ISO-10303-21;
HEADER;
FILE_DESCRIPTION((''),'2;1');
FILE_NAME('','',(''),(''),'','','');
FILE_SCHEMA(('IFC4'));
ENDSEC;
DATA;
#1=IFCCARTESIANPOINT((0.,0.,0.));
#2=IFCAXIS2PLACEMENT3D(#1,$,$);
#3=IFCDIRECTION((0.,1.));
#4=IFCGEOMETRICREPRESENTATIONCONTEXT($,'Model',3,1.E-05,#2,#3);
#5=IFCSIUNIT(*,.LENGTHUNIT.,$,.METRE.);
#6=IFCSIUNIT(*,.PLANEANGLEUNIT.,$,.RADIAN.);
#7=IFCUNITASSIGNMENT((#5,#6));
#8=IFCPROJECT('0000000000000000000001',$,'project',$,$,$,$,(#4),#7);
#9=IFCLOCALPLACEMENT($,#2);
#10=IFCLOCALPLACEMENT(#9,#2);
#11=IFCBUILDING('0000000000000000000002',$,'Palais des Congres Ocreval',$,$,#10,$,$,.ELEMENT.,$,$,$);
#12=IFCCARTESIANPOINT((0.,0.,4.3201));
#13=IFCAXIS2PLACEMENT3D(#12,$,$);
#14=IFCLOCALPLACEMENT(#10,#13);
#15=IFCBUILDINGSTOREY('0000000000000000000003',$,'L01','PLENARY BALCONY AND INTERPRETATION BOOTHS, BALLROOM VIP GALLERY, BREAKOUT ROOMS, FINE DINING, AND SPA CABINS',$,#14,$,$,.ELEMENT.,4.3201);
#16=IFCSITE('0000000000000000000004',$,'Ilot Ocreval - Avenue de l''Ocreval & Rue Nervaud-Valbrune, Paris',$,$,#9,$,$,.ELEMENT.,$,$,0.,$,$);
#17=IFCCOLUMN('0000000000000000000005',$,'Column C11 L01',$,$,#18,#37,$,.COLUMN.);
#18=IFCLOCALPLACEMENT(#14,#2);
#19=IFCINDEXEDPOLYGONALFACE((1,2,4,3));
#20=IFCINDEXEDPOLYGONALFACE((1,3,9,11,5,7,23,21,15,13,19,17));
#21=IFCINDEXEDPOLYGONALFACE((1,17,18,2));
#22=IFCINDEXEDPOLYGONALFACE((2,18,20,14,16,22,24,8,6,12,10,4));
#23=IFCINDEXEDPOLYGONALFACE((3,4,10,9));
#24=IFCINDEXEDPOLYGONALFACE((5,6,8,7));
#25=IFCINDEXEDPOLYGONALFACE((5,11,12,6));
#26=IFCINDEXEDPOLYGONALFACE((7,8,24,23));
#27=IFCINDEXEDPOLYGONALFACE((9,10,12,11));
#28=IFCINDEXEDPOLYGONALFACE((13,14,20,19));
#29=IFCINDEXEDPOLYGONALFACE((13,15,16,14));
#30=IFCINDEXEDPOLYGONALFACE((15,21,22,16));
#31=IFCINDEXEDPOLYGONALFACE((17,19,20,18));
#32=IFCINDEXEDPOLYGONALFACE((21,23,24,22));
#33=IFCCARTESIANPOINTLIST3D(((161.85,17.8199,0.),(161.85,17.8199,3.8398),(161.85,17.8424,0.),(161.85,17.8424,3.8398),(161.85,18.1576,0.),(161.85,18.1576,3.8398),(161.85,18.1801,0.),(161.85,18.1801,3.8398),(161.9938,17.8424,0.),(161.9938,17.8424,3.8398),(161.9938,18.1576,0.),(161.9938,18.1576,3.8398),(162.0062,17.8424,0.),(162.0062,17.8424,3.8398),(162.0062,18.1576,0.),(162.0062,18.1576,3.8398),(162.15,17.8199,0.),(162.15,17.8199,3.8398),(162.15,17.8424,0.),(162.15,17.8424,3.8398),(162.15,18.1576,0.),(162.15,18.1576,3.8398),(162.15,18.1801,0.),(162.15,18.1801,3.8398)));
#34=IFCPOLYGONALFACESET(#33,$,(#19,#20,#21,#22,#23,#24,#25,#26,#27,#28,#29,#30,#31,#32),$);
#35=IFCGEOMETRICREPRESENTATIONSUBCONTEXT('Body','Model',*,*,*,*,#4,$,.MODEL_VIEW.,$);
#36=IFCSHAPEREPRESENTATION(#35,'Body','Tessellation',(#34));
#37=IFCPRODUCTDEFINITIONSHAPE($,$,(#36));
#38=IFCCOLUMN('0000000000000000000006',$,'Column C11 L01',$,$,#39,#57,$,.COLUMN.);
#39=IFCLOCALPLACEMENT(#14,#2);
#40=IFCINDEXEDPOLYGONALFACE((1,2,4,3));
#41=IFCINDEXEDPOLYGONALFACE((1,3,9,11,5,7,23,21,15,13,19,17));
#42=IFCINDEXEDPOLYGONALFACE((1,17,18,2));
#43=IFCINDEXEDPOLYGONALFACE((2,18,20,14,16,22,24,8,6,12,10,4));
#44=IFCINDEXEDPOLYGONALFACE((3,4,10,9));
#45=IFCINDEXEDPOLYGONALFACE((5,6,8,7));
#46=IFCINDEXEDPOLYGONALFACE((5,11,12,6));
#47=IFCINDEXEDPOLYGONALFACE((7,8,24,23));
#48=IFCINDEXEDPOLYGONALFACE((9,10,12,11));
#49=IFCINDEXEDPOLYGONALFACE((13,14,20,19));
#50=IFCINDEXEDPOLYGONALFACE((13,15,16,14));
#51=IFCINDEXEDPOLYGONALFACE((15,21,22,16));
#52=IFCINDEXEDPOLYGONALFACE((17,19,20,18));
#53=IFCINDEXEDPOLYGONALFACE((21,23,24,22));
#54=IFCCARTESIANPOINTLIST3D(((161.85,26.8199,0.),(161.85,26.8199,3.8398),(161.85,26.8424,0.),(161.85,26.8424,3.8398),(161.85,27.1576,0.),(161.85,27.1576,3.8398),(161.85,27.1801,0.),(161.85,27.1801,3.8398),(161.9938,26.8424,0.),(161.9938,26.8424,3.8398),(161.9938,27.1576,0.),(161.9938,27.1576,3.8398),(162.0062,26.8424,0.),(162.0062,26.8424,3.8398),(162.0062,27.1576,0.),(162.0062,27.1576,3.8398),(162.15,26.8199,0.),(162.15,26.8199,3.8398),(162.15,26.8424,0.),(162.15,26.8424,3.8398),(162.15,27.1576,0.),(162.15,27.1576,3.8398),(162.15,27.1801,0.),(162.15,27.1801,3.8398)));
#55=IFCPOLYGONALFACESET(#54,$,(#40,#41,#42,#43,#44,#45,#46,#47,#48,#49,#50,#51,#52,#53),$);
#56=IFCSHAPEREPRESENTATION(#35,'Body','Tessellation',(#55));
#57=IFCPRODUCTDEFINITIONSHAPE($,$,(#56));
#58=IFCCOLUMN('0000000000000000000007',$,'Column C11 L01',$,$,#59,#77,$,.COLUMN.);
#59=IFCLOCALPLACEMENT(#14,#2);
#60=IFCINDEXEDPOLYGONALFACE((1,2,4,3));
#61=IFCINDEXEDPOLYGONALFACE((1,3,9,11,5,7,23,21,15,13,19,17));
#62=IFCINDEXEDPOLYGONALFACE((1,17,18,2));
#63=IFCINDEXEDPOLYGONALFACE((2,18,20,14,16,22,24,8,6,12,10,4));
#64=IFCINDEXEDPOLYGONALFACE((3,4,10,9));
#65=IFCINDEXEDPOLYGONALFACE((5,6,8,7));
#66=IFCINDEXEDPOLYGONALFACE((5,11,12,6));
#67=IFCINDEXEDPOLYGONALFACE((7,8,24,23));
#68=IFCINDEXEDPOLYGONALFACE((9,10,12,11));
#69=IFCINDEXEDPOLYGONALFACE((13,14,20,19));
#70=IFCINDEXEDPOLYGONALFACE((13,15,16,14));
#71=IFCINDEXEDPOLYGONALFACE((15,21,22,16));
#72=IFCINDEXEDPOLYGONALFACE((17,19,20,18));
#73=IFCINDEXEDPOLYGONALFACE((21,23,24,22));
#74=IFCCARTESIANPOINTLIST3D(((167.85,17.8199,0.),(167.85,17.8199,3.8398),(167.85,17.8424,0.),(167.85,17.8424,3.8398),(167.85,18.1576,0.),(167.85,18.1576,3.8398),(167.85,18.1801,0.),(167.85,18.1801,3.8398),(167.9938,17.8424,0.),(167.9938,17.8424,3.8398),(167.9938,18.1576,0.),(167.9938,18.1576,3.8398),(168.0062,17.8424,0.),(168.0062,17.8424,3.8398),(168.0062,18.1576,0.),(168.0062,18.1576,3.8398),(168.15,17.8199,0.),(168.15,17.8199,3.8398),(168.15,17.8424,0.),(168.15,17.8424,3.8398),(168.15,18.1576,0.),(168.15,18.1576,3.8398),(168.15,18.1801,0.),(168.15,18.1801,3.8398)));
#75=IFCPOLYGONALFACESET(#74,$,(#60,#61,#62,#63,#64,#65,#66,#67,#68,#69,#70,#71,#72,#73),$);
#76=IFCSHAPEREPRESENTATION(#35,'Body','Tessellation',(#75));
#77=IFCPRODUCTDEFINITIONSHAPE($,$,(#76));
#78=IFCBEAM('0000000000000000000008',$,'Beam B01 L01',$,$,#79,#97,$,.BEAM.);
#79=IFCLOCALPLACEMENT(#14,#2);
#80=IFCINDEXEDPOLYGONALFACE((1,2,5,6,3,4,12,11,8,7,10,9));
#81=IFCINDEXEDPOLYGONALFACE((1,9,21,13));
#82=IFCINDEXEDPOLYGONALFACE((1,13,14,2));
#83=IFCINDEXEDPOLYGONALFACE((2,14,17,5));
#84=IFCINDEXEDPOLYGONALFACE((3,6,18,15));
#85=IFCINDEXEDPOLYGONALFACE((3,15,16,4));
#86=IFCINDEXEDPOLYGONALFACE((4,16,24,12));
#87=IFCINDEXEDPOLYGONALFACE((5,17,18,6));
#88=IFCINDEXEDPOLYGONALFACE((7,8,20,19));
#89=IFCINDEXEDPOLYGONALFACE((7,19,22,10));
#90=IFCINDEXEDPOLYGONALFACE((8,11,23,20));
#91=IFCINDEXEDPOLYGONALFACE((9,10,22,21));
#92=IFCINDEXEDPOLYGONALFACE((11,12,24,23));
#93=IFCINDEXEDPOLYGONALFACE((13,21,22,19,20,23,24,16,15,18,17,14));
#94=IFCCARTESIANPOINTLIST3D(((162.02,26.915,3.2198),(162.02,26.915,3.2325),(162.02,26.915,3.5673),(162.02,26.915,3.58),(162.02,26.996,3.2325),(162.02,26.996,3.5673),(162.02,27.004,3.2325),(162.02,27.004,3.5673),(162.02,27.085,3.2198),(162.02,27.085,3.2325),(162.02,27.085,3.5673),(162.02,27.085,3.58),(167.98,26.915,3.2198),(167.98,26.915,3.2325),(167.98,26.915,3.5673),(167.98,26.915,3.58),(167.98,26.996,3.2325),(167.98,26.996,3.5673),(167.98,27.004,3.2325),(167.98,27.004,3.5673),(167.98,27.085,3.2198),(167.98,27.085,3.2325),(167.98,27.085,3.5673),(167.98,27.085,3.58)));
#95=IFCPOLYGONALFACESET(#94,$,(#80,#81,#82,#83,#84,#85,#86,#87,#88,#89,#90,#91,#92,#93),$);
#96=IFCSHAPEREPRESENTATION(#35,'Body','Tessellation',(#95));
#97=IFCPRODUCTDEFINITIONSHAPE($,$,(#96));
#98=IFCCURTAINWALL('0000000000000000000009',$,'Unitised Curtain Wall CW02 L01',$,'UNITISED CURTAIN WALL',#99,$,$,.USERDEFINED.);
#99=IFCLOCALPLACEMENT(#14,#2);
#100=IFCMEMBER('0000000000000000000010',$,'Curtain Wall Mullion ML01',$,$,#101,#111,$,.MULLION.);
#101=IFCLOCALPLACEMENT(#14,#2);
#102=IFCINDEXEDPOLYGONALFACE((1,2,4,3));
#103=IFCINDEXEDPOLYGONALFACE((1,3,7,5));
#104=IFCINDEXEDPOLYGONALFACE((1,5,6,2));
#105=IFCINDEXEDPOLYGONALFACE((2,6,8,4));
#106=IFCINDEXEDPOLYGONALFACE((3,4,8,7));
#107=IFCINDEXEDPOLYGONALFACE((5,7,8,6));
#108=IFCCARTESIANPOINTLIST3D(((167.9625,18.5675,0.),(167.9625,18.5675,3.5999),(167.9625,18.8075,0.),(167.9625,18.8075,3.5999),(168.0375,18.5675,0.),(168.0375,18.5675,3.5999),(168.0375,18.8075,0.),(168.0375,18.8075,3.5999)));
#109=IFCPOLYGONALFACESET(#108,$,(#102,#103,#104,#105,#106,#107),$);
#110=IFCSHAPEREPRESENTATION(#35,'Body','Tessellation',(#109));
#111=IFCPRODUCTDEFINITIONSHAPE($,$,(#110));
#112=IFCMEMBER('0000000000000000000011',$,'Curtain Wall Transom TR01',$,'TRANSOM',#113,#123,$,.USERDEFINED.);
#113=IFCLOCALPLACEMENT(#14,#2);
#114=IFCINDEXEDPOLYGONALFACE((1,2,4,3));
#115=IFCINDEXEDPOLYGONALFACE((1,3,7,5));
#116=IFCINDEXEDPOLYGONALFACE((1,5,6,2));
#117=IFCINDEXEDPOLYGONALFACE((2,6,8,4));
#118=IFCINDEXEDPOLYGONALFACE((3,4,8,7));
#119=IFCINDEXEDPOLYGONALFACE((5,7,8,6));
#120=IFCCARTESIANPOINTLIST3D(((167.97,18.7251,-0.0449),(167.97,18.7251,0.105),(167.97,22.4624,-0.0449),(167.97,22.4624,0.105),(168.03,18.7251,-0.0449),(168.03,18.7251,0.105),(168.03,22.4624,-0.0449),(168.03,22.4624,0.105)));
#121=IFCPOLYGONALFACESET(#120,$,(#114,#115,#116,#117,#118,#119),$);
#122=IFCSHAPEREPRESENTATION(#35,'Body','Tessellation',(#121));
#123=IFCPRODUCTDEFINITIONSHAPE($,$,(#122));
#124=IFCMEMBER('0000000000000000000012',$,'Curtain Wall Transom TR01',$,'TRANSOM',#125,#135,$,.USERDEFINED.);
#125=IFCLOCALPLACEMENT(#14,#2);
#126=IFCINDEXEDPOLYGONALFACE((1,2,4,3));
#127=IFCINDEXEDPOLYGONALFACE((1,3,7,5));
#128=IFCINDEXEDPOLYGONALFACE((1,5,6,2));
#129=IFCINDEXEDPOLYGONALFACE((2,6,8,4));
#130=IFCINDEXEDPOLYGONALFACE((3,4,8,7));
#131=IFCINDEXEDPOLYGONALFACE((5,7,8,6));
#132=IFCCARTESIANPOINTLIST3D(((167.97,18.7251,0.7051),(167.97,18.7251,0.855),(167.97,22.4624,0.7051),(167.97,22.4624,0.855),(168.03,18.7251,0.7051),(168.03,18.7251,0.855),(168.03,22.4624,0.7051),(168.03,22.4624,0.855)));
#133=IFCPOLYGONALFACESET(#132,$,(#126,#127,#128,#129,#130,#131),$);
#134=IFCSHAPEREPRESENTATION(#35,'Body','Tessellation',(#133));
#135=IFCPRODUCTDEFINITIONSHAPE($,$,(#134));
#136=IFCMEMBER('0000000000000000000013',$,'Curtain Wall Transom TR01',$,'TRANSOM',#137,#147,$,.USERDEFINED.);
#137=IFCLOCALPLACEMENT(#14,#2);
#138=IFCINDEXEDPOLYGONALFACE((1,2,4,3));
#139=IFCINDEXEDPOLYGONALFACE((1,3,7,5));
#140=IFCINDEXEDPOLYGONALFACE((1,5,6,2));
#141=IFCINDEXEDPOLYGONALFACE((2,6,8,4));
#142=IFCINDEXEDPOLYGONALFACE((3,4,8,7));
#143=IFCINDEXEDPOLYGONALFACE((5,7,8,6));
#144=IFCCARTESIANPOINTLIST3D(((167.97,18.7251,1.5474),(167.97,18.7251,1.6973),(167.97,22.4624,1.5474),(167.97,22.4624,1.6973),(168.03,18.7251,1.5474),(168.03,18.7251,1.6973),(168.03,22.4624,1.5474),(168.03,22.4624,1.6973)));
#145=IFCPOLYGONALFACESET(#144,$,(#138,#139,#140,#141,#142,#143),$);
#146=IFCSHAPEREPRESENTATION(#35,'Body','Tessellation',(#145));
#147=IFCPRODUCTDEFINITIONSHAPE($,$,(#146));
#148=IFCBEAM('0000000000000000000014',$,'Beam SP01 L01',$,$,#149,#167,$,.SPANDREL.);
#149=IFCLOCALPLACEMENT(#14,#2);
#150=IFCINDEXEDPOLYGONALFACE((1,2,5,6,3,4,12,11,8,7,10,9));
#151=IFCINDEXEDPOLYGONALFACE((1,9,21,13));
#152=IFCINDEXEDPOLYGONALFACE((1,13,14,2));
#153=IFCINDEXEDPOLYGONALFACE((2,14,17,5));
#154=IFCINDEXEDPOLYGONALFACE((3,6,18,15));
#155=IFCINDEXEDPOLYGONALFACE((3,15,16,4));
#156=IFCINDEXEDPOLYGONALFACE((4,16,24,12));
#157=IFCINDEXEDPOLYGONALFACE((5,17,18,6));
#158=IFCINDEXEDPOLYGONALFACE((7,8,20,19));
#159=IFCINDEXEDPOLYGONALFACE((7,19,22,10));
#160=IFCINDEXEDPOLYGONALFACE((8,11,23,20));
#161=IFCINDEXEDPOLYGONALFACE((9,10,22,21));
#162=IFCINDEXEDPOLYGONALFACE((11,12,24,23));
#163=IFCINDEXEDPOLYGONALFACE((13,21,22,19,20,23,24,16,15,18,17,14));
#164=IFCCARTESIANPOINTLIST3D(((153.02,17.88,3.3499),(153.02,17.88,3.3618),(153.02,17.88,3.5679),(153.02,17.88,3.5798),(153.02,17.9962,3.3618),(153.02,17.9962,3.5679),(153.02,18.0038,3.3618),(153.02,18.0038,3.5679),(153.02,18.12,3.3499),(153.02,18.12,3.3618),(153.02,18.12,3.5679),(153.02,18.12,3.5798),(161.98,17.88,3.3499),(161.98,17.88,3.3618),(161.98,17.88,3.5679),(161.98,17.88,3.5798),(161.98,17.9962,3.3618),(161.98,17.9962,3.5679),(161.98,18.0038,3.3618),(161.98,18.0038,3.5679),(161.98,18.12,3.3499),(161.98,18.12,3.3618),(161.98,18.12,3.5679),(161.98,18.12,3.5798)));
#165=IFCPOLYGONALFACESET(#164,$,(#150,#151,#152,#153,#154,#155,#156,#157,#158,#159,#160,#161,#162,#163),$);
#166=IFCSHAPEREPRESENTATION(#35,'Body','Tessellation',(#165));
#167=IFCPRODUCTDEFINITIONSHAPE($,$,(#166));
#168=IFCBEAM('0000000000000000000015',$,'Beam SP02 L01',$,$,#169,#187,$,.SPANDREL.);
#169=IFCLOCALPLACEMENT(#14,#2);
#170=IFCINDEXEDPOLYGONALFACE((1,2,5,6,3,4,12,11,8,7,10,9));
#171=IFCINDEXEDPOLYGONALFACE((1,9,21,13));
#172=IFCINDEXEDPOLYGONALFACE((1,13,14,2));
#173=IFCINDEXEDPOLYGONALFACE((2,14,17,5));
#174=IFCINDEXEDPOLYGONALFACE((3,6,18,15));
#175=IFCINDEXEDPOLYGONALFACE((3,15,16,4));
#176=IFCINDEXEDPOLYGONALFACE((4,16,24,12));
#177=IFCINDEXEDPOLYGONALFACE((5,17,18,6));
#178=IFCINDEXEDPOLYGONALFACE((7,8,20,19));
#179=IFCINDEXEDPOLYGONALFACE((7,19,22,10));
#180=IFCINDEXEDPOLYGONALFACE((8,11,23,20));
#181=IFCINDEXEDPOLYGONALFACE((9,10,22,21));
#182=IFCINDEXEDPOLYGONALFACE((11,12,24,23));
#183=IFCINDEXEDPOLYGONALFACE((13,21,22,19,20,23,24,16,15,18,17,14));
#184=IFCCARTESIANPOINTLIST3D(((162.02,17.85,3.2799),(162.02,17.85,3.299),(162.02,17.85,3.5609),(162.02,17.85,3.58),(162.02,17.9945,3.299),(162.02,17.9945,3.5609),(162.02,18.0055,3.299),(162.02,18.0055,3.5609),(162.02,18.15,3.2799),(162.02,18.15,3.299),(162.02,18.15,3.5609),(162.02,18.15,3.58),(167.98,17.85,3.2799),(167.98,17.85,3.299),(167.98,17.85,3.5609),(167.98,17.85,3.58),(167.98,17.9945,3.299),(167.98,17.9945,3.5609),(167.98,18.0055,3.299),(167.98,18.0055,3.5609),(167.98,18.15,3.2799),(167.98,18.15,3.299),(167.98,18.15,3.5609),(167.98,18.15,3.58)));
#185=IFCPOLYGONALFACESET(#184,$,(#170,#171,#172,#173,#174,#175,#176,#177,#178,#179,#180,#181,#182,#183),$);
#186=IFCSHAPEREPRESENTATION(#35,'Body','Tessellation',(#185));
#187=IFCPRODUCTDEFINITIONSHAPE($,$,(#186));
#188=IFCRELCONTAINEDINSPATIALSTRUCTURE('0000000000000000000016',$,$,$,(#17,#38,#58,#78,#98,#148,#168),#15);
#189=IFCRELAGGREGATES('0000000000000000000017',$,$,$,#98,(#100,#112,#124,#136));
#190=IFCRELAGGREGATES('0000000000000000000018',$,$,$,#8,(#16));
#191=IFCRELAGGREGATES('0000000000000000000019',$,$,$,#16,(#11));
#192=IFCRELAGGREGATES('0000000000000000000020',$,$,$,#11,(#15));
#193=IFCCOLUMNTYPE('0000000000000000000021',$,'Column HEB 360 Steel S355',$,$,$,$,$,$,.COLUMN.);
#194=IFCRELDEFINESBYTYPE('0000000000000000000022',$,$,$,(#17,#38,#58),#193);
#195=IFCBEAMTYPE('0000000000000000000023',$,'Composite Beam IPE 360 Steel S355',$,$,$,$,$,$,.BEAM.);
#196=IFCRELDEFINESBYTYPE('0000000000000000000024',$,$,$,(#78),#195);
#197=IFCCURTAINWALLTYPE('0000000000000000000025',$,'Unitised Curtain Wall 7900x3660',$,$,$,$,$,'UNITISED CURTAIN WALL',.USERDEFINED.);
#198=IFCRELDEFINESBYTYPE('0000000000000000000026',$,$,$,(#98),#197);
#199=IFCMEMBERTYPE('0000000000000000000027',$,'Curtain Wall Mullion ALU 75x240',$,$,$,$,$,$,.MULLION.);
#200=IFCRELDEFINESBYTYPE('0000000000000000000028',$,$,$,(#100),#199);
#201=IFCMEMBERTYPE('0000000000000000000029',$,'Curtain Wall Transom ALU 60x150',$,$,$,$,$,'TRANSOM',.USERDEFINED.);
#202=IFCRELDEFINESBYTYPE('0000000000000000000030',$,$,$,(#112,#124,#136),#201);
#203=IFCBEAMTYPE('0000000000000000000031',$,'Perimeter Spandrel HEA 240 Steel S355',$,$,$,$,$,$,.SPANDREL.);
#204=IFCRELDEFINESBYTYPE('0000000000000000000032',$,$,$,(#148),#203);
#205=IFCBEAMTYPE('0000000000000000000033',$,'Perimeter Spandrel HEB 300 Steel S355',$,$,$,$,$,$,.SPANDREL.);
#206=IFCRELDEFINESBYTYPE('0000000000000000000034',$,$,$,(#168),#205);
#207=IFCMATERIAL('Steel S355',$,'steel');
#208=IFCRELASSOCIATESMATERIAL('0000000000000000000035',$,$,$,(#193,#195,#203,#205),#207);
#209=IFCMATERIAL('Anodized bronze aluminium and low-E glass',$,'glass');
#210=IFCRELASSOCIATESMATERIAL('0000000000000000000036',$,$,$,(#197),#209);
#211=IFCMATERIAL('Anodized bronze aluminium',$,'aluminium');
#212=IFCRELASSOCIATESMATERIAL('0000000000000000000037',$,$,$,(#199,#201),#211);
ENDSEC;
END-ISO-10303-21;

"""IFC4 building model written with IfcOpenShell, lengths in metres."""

from ifc_helpers import new_model, si_unit, direction, frame, origin, origin_2d, place, context, subcontext, project, spatial, rectangle, i_section, extrude, material, material_profile, profile_set, type_object, element, aggregate, save


model = new_model("IFC4")

# Units and contexts
model_context = context("Model", 3, precision=1e-05, world=origin(), true_north=direction((0.0, 1.0)))
body_context = subcontext(model_context, "Body", "Model", "MODEL_VIEW")
ifc_project = project(units=[si_unit("LENGTHUNIT", "METRE"), si_unit("PLANEANGLEUNIT", "RADIAN")], contexts=[model_context])

# Site, building, storey
site_placement = place(None, origin())
site = spatial("IfcSite", under=ifc_project, at=site_placement, Name="Ilot Ocreval - Avenue de l'Ocreval & Rue Nervaud-Valbrune, Paris", CompositionType="ELEMENT", RefElevation=0.0)
building_placement = place(site_placement, origin())
building = spatial("IfcBuilding", under=site, at=building_placement, Name="Palais des Congres Ocreval", CompositionType="ELEMENT")
storey_placement = place(building_placement, frame((0.0, 0.0, 4.3201)))
storey = spatial("IfcBuildingStorey", under=building, at=storey_placement, Name="L01", Description="PLENARY BALCONY AND INTERPRETATION BOOTHS, BALLROOM VIP GALLERY, BREAKOUT ROOMS, FINE DINING, AND SPA CABINS", CompositionType="ELEMENT", Elevation=4.3201)

# Columns
ifc_material_1 = material(Name="Steel S355", Category="steel")
ifc_material_profile_1 = material_profile(ifc_material_1, i_section(OverallWidth=0.3, OverallDepth=0.3601, WebThickness=0.0125, FlangeThickness=0.0225, at=origin_2d()), Name="HEB 360")
ifc_profile_set_1 = profile_set([ifc_material_profile_1], Name="Steel S355")
column_type = type_object("IfcColumnType", Name="Column HEB 360 Steel S355", PredefinedType="COLUMN", material=ifc_profile_set_1)
for number, where, z_axis, x_axis, name in (
    (1, (162.0, 18.0, 0.0), (0.0, 0.0, 1.0), (1.0, 0.0, 0.0), "Column C11 L01"),
    (2, (162.0, 27.0, 0.0), (0.0, 0.0, 1.0), (1.0, 0.0, 0.0), "Column C11 L01"),
    (3, (168.0, 18.0, 0.0), (0.0, 0.0, 1.0), (1.0, 0.0, 0.0), "Column C11 L01"),
):
    element("IfcColumn", number, at=place(storey_placement, frame(where, z_axis=z_axis, x_axis=x_axis)), inside=storey, type_object=column_type, Name=name, PredefinedType="COLUMN", context=body_context, shape_type="SweptSolid", body=[
        extrude(i_section(OverallWidth=0.3, OverallDepth=0.3601, WebThickness=0.0125, FlangeThickness=0.0225, at=origin_2d()), origin(), (0.0, 0.0, 1.0), 3.8398),
    ])

# Beam
ifc_material_profile_2 = material_profile(ifc_material_1, i_section(OverallWidth=0.1699, OverallDepth=0.3601, WebThickness=0.0081, FlangeThickness=0.0127, at=origin_2d()), Name="IPE 360")
ifc_profile_set_2 = profile_set([ifc_material_profile_2], Name="Steel S355")
beam_type_1 = type_object("IfcBeamType", Name="Composite Beam IPE 360 Steel S355", PredefinedType="BEAM", material=ifc_profile_set_2)
beam_1_placement = place(storey_placement, frame((162.02, 27.0, 3.3999), z_axis=(1.0, 0.0, 0.0), x_axis=(0.0, 1.0, 0.0)))
element("IfcBeam", 4, at=beam_1_placement, inside=storey, type_object=beam_type_1, Name="Beam B01 L01", PredefinedType="BEAM", context=body_context, shape_type="SweptSolid", body=[
    extrude(i_section(OverallWidth=0.1699, OverallDepth=0.3601, WebThickness=0.0081, FlangeThickness=0.0127, at=origin_2d()), origin(), (0.0, 0.0, 1.0), 5.96),
])

# Curtain wall, members
ifc_material_2 = material(Name="Anodized bronze aluminium and low-E glass", Category="glass")
curtain_wall_type = type_object("IfcCurtainWallType", Name="Unitised Curtain Wall 7900x3660", ElementType="UNITISED CURTAIN WALL", PredefinedType="USERDEFINED", material=ifc_material_2)
curtain_wall_placement = place(storey_placement, origin())
curtain_wall = element("IfcCurtainWall", 5, at=curtain_wall_placement, inside=storey, type_object=curtain_wall_type, Name="Unitised Curtain Wall CW02 L01", ObjectType="UNITISED CURTAIN WALL", PredefinedType="USERDEFINED")
ifc_material_3 = material(Name="Anodized bronze aluminium", Category="aluminium")
ifc_material_profile_3 = material_profile(ifc_material_3, rectangle(XDim=0.075, YDim=0.24, at=origin_2d()), Name="ALU 75x240")
ifc_profile_set_3 = profile_set([ifc_material_profile_3], Name="Anodized bronze aluminium")
member_type_1 = type_object("IfcMemberType", Name="Curtain Wall Mullion ALU 75x240", PredefinedType="MULLION", material=ifc_profile_set_3)
member_1_placement = place(storey_placement, frame((168.0, 18.6875, 0.0), z_axis=(0.0, 0.0, 1.0), x_axis=(1.0, 0.0, 0.0)))
member_1 = element("IfcMember", 6, at=member_1_placement, type_object=member_type_1, Name="Curtain Wall Mullion ML01", PredefinedType="MULLION", context=body_context, shape_type="SweptSolid", body=[
    extrude(rectangle(XDim=0.075, YDim=0.24, at=origin_2d()), origin(), (0.0, 0.0, 1.0), 3.5999),
])
ifc_material_profile_4 = material_profile(ifc_material_3, rectangle(XDim=0.0601, YDim=0.1499, at=origin_2d()), Name="ALU 60x150")
ifc_profile_set_4 = profile_set([ifc_material_profile_4], Name="Anodized bronze aluminium")
member_type_2 = type_object("IfcMemberType", Name="Curtain Wall Transom ALU 60x150", ElementType="TRANSOM", PredefinedType="USERDEFINED", material=ifc_profile_set_4)
member_2_placement = place(storey_placement, frame((168.0, 22.4624, 0.03), z_axis=(0.0, -1.0, 0.0), x_axis=(1.0, 0.0, 0.0)))
member_2 = element("IfcMember", 7, at=member_2_placement, type_object=member_type_2, Name="Curtain Wall Transom TR01", ObjectType="TRANSOM", PredefinedType="USERDEFINED", context=body_context, shape_type="SweptSolid", body=[
    extrude(rectangle(XDim=0.0601, YDim=0.1499, at=origin_2d()), origin(), (0.0, 0.0, 1.0), 3.7373),
])
member_3_placement = place(storey_placement, frame((168.0, 22.4624, 0.78), z_axis=(0.0, -1.0, 0.0), x_axis=(1.0, 0.0, 0.0)))
member_3 = element("IfcMember", 8, at=member_3_placement, type_object=member_type_2, Name="Curtain Wall Transom TR01", ObjectType="TRANSOM", PredefinedType="USERDEFINED", context=body_context, shape_type="SweptSolid", body=[
    extrude(rectangle(XDim=0.0601, YDim=0.1499, at=origin_2d()), origin(), (0.0, 0.0, 1.0), 3.7373),
])
member_4_placement = place(storey_placement, frame((168.0, 22.4624, 1.6223), z_axis=(0.0, -1.0, 0.0), x_axis=(1.0, 0.0, 0.0)))
member_4 = element("IfcMember", 9, at=member_4_placement, type_object=member_type_2, Name="Curtain Wall Transom TR01", ObjectType="TRANSOM", PredefinedType="USERDEFINED", context=body_context, shape_type="SweptSolid", body=[
    extrude(rectangle(XDim=0.0601, YDim=0.1499, at=origin_2d()), origin(), (0.0, 0.0, 1.0), 3.7373),
])

# Beams
ifc_material_profile_5 = material_profile(ifc_material_1, i_section(OverallWidth=0.24, OverallDepth=0.23, WebThickness=0.0076, FlangeThickness=0.012, at=origin_2d()), Name="HEA 240")
ifc_profile_set_5 = profile_set([ifc_material_profile_5], Name="Steel S355")
beam_type_2 = type_object("IfcBeamType", Name="Perimeter Spandrel HEA 240 Steel S355", PredefinedType="SPANDREL", material=ifc_profile_set_5)
beam_2_placement = place(storey_placement, frame((153.02, 18.0, 3.4648), z_axis=(1.0, 0.0, 0.0), x_axis=(0.0, 1.0, 0.0)))
element("IfcBeam", 10, at=beam_2_placement, inside=storey, type_object=beam_type_2, Name="Beam SP01 L01", PredefinedType="SPANDREL", context=body_context, shape_type="SweptSolid", body=[
    extrude(i_section(OverallWidth=0.24, OverallDepth=0.23, WebThickness=0.0076, FlangeThickness=0.012, at=origin_2d()), origin(), (0.0, 0.0, 1.0), 8.96),
])
ifc_material_profile_6 = material_profile(ifc_material_1, i_section(OverallWidth=0.3, OverallDepth=0.3, WebThickness=0.011, FlangeThickness=0.019, at=origin_2d()), Name="HEB 300")
ifc_profile_set_6 = profile_set([ifc_material_profile_6], Name="Steel S355")
beam_type_3 = type_object("IfcBeamType", Name="Perimeter Spandrel HEB 300 Steel S355", PredefinedType="SPANDREL", material=ifc_profile_set_6)
beam_3_placement = place(storey_placement, frame((162.02, 18.0, 3.4299), z_axis=(1.0, 0.0, 0.0), x_axis=(0.0, 1.0, 0.0)))
element("IfcBeam", 11, at=beam_3_placement, inside=storey, type_object=beam_type_3, Name="Beam SP02 L01", PredefinedType="SPANDREL", context=body_context, shape_type="SweptSolid", body=[
    extrude(i_section(OverallWidth=0.3, OverallDepth=0.3, WebThickness=0.011, FlangeThickness=0.019, at=origin_2d()), origin(), (0.0, 0.0, 1.0), 5.96),
])

aggregate(curtain_wall, [member_1, member_2, member_3, member_4])

save(model, "model.ifc")
